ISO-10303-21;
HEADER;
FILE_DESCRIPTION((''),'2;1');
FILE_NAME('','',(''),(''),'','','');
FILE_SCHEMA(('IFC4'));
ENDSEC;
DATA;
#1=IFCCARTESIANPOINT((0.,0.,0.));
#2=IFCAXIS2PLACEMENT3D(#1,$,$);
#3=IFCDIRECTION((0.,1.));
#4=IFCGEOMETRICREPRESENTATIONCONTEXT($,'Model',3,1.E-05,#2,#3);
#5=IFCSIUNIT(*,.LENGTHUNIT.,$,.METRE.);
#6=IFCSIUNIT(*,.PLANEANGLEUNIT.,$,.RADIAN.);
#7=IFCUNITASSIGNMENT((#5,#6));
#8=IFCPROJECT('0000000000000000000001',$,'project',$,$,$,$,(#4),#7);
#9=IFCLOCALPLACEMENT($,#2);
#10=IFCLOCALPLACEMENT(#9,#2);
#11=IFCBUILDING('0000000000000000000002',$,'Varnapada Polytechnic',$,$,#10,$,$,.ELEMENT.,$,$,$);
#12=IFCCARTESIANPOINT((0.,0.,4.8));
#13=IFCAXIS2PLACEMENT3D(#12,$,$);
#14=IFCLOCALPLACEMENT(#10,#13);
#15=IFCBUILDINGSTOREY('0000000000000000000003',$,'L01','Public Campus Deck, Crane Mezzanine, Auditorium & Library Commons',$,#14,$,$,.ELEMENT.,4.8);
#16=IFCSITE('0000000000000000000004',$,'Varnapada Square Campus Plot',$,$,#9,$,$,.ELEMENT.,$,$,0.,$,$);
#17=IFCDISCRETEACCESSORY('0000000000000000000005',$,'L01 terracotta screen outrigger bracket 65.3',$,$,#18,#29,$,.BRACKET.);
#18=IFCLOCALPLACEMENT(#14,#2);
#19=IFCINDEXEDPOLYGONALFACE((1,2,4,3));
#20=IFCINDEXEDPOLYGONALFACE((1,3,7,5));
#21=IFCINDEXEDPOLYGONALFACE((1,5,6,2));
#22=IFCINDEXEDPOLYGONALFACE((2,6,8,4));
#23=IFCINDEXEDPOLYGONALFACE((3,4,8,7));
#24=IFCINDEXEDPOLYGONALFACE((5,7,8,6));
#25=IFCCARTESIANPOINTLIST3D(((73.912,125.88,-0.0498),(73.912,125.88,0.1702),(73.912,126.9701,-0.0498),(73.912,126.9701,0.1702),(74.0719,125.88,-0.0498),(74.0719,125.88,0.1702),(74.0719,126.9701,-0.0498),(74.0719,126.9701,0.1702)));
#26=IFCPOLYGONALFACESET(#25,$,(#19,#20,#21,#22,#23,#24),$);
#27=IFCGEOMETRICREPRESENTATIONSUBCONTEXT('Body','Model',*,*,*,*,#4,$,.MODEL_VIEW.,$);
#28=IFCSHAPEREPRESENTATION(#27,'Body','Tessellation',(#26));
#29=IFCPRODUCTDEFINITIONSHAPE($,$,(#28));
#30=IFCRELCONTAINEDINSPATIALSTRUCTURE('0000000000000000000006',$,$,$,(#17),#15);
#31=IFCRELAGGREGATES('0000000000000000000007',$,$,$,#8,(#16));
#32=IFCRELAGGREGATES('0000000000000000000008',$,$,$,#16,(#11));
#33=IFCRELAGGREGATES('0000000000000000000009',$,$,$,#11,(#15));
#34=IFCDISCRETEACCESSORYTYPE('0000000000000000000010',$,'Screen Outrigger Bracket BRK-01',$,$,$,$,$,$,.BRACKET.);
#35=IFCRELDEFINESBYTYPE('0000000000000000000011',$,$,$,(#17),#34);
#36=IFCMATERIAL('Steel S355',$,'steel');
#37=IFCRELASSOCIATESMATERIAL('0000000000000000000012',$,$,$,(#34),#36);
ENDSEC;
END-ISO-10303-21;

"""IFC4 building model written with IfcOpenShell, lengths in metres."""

from ifc_helpers import new_model, si_unit, direction, frame, origin, origin_2d, place, context, subcontext, project, spatial, rectangle, extrude, material, type_object, element, save


model = new_model("IFC4")

# Units and contexts
model_context = context("Model", 3, precision=1e-05, world=origin(), true_north=direction((0.0, 1.0)))
body_context = subcontext(model_context, "Body", "Model", "MODEL_VIEW")
ifc_project = project(units=[si_unit("LENGTHUNIT", "METRE"), si_unit("PLANEANGLEUNIT", "RADIAN")], contexts=[model_context])

# Site, building, storey
site_placement = place(None, origin())
site = spatial("IfcSite", under=ifc_project, at=site_placement, Name="Varnapada Square Campus Plot", CompositionType="ELEMENT", RefElevation=0.0)
building_placement = place(site_placement, origin())
building = spatial("IfcBuilding", under=site, at=building_placement, Name="Varnapada Polytechnic", CompositionType="ELEMENT")
storey_placement = place(building_placement, frame((0.0, 0.0, 4.8)))
storey = spatial("IfcBuildingStorey", under=building, at=storey_placement, Name="L01", Description="Public Campus Deck, Crane Mezzanine, Auditorium & Library Commons", CompositionType="ELEMENT", Elevation=4.8)

# Shared definitions
ifc_material_1 = material(Name="Steel S355", Category="steel")

# Discrete accessory
discrete_accessory_type = type_object("IfcDiscreteAccessoryType", Name="Screen Outrigger Bracket BRK-01", PredefinedType="BRACKET", material=ifc_material_1)
discrete_accessory_placement = place(storey_placement, frame((73.9919, 126.425, -0.0498), z_axis=(0.0, 0.0, 1.0), x_axis=(1.0, 0.0, 0.0)))
element("IfcDiscreteAccessory", 1, at=discrete_accessory_placement, inside=storey, type_object=discrete_accessory_type, Name="L01 terracotta screen outrigger bracket 65.3", PredefinedType="BRACKET", context=body_context, shape_type="SweptSolid", body=[
    extrude(rectangle(XDim=0.1599, YDim=1.0901, at=origin_2d()), origin(), (0.0, 0.0, 1.0), 0.22),
])

save(model, "model.ifc")
